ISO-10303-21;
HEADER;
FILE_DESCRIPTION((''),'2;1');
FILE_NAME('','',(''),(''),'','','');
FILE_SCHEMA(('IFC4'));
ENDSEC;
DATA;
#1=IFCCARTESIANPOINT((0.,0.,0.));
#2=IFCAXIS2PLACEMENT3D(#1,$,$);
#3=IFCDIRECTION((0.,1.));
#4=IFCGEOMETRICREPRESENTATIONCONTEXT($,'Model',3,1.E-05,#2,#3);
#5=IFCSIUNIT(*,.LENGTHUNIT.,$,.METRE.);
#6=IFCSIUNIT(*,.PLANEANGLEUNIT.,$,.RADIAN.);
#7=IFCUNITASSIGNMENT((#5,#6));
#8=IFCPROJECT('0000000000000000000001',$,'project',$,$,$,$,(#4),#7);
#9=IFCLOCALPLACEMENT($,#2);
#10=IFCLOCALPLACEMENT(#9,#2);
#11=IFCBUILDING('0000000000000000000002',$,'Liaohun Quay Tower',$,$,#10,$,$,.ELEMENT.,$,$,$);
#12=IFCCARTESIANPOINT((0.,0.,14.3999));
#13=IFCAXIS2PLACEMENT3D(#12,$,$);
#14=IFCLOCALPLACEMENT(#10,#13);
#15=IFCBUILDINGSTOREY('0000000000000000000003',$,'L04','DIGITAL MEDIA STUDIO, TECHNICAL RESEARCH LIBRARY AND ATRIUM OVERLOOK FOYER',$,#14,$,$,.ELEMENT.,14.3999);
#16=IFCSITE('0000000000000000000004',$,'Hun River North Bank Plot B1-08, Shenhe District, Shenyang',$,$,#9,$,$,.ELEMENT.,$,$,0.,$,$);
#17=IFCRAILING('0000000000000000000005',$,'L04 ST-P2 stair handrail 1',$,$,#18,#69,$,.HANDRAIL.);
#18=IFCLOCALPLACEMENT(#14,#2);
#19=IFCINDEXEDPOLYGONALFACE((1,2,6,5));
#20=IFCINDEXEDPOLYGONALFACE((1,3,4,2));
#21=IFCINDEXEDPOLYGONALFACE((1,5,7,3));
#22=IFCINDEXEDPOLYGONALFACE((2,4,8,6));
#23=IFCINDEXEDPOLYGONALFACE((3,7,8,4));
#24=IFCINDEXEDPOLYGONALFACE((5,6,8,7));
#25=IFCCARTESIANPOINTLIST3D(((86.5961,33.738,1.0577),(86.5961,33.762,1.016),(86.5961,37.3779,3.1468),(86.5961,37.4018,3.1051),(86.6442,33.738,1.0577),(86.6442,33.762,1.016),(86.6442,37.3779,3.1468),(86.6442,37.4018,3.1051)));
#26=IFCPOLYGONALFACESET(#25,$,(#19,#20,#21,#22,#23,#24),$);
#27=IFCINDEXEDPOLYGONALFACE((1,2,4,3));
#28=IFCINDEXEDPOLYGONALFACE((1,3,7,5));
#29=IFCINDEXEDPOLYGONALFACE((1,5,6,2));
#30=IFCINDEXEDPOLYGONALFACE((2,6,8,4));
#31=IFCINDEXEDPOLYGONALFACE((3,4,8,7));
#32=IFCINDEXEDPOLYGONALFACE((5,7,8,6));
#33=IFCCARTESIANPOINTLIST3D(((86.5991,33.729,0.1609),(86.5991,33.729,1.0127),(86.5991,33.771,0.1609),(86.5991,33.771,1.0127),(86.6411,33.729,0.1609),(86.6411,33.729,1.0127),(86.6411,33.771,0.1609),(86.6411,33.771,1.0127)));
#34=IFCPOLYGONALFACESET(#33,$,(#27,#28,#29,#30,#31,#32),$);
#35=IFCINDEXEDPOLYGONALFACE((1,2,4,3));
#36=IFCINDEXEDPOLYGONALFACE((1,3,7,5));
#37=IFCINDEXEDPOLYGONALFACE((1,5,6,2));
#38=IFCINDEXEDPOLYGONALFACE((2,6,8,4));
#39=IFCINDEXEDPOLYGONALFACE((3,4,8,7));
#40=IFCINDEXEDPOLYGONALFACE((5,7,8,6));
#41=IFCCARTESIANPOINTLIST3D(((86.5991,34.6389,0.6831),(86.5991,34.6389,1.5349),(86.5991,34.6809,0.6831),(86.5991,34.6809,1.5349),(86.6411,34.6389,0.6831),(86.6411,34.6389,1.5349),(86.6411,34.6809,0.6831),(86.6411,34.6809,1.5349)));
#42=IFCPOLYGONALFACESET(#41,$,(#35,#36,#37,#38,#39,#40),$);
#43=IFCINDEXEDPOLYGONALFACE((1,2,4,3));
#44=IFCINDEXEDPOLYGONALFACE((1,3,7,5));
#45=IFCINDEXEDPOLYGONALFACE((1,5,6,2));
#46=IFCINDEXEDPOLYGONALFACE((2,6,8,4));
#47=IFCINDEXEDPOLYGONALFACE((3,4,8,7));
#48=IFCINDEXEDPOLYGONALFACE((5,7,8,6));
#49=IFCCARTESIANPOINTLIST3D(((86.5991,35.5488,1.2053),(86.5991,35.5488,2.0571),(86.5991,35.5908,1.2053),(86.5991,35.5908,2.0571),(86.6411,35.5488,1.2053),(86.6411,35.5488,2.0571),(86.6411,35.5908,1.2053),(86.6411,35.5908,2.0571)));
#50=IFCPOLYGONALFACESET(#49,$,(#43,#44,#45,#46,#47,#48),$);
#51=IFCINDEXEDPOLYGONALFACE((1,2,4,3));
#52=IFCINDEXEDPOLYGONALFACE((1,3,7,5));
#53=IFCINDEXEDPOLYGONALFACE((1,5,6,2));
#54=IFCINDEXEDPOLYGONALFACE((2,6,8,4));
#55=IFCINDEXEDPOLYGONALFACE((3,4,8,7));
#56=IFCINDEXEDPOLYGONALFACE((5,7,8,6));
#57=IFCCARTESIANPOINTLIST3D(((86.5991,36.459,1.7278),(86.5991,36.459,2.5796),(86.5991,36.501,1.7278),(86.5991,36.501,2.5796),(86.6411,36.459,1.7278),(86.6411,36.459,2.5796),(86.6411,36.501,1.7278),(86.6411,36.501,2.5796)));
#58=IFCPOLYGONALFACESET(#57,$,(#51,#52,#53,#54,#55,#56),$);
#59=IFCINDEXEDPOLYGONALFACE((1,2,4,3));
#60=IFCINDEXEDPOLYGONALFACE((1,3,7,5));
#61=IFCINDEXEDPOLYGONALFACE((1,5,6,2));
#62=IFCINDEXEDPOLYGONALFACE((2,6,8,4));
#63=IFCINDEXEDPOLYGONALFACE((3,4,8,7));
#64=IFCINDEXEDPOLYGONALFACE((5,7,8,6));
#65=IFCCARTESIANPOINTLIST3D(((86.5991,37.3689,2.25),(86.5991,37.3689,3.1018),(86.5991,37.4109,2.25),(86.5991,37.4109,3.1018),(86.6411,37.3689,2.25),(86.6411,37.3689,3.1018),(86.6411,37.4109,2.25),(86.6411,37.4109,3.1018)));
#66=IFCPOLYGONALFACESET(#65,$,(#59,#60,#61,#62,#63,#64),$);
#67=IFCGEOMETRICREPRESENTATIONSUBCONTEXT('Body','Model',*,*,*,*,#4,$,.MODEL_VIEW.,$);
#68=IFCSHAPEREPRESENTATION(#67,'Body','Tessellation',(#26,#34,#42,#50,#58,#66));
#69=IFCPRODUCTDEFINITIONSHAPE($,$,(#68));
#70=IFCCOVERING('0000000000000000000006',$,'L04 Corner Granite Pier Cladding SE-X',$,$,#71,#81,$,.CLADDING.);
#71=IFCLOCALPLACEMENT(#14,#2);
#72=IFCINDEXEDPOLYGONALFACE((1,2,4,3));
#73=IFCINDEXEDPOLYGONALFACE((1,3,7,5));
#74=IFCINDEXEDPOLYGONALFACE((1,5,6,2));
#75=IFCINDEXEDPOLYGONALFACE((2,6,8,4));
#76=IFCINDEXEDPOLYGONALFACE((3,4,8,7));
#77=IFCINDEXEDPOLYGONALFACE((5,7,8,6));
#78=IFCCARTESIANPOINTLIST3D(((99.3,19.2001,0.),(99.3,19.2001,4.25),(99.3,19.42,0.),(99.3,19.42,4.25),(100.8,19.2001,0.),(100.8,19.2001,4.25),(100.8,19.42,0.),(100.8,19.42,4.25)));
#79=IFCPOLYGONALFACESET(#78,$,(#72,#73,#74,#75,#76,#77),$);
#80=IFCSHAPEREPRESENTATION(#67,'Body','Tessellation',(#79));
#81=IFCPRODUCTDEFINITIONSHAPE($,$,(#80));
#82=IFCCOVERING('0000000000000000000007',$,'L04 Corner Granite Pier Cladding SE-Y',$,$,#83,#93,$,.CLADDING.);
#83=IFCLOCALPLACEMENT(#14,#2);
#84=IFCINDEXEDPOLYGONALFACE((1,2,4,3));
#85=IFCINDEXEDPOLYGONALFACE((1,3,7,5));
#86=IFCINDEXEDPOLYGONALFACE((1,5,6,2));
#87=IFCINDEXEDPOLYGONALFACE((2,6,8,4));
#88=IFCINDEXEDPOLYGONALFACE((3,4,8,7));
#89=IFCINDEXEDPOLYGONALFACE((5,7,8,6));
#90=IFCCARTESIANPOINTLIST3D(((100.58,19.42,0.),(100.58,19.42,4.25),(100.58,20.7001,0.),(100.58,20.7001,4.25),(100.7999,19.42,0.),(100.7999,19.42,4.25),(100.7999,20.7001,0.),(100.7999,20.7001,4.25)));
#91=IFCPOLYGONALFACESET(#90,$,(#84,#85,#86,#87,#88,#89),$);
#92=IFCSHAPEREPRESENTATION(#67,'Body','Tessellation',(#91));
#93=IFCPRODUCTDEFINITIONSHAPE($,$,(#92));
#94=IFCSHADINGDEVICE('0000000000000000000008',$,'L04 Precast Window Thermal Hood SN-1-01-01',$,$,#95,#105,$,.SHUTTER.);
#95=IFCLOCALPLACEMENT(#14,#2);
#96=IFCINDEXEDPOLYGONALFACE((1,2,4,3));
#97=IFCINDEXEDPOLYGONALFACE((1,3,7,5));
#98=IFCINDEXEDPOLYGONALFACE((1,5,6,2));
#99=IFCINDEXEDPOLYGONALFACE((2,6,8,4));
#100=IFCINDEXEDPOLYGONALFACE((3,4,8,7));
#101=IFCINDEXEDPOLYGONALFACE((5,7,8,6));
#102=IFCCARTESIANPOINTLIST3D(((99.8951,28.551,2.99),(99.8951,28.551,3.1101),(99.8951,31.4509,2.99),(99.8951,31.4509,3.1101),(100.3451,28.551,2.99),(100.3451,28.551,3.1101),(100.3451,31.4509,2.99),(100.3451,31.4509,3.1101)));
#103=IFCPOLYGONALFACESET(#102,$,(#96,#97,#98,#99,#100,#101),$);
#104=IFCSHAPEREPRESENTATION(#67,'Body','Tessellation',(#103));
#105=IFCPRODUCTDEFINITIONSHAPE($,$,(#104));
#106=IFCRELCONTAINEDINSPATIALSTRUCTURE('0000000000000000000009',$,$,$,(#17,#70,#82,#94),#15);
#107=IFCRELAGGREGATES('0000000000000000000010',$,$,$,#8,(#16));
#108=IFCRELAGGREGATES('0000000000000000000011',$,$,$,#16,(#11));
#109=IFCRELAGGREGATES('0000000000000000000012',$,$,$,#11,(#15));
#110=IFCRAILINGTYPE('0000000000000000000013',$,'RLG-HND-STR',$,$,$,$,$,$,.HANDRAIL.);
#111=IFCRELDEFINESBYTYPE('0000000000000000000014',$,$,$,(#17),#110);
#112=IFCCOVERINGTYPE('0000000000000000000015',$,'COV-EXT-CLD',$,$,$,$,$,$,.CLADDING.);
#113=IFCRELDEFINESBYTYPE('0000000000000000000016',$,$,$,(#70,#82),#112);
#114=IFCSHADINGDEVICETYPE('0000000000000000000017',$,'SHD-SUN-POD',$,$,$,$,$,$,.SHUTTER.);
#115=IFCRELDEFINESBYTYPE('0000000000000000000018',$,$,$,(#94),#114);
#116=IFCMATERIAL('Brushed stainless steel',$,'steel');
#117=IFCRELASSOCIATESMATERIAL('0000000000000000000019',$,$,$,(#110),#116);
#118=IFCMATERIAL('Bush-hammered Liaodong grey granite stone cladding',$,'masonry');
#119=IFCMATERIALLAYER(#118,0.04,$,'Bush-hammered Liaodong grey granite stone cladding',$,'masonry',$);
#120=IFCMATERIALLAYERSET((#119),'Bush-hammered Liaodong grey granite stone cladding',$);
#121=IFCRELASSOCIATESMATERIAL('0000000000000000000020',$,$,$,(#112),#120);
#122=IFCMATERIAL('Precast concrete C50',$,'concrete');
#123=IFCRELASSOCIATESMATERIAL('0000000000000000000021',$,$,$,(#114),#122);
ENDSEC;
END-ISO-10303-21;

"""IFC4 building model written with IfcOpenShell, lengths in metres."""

from ifc_helpers import new_model, si_unit, direction, frame, origin, origin_2d, place, context, subcontext, project, spatial, rectangle, extrude, source, transform, mapped, material, layer, layer_set, material_profile, profile_set, type_object, element, save


model = new_model("IFC4")

# Units and contexts
model_context = context("Model", 3, precision=1e-05, world=origin(), true_north=direction((0.0, 1.0)))
body_context = subcontext(model_context, "Body", "Model", "MODEL_VIEW")
ifc_project = project(units=[si_unit("LENGTHUNIT", "METRE"), si_unit("PLANEANGLEUNIT", "RADIAN")], contexts=[model_context])

# Site, building, storey
site_placement = place(None, origin())
site = spatial("IfcSite", under=ifc_project, at=site_placement, Name="Hun River North Bank Plot B1-08, Shenhe District, Shenyang", CompositionType="ELEMENT", RefElevation=0.0)
building_placement = place(site_placement, origin())
building = spatial("IfcBuilding", under=site, at=building_placement, Name="Liaohun Quay Tower", CompositionType="ELEMENT")
storey_placement = place(building_placement, frame((0.0, 0.0, 14.3999)))
storey = spatial("IfcBuildingStorey", under=building, at=storey_placement, Name="L04", Description="DIGITAL MEDIA STUDIO, TECHNICAL RESEARCH LIBRARY AND ATRIUM OVERLOOK FOYER", CompositionType="ELEMENT", Elevation=14.3999)

# Railing
ifc_material_1 = material(Name="Brushed stainless steel", Category="steel")
railing_type_1 = type_object("IfcRailingType", Name="RLG-HND-STR", PredefinedType="HANDRAIL", material=ifc_material_1)
railing_1_placement = place(storey_placement, frame((86.6201, 33.75, 0.1609)))
element("IfcRailing", 1, at=railing_1_placement, inside=storey, type_object=railing_type_1, Name="L04 ST-P2 stair handrail 1", PredefinedType="HANDRAIL", context=body_context, shape_type="SweptSolid", body=[
    extrude(rectangle(XDim=0.0481, YDim=0.0481, at=origin_2d()), frame((0.0, 0.0, 0.876), z_axis=(0.0, 0.8673, 0.497786), x_axis=(-1.0, 0.0, 0.0)), (0.0, 0.0, 1.0), 4.1968),
    extrude(rectangle(XDim=0.042, YDim=0.042, at=origin_2d()), origin(), (0.0, 0.0, 1.0), 0.8518),
    extrude(rectangle(XDim=0.042, YDim=0.042, at=origin_2d()), frame((0.0, 0.9099, 0.5222)), (0.0, 0.0, 1.0), 0.8518),
    extrude(rectangle(XDim=0.042, YDim=0.042, at=origin_2d()), frame((0.0, 1.8198, 1.0444)), (0.0, 0.0, 1.0), 0.8518),
    extrude(rectangle(XDim=0.042, YDim=0.042, at=origin_2d()), frame((0.0, 2.73, 1.5669)), (0.0, 0.0, 1.0), 0.8518),
    extrude(rectangle(XDim=0.042, YDim=0.042, at=origin_2d()), frame((0.0, 3.6399, 2.0891)), (0.0, 0.0, 1.0), 0.8518),
])

# Coverings
ifc_material_2 = material(Name="Bush-hammered Liaodong grey granite stone cladding", Category="masonry")
ifc_layer_1 = layer(ifc_material_2, 0.04, Name="Bush-hammered Liaodong grey granite stone cladding", Category="masonry")
ifc_layer_set_1 = layer_set([ifc_layer_1], Name="Bush-hammered Liaodong grey granite stone cladding")
covering_type = type_object("IfcCoveringType", Name="COV-EXT-CLD", PredefinedType="CLADDING", material=ifc_layer_set_1)
shared_shape_1 = source(origin(), body_context, "Body", "SweptSolid", [
    extrude(rectangle(XDim=1.5, YDim=0.22, at=origin_2d()), origin(), (0.0, 0.0, 1.0), 4.25),
])
covering_1_placement = place(storey_placement, frame((100.05, 19.3101, 0.0), z_axis=(0.0, 0.0, 1.0), x_axis=(1.0, 0.0, 0.0)))
element("IfcCovering", 2, at=covering_1_placement, inside=storey, type_object=covering_type, Name="L04 Corner Granite Pier Cladding SE-X", PredefinedType="CLADDING", context=body_context, shape_type="MappedRepresentation", body=[
    mapped(shared_shape_1, transform((0.0, 0.0, 0.0), x_axis=(1.0, 0.0, 0.0), y_axis=(0.0, 1.0, 0.0), z_axis=(0.0, 0.0, 1.0), scale=1.0)),
])
shared_shape_2 = source(origin(), body_context, "Body", "SweptSolid", [
    extrude(rectangle(XDim=0.22, YDim=1.28, at=origin_2d()), origin(), (0.0, 0.0, 1.0), 4.25),
])
covering_2_placement = place(storey_placement, frame((100.6899, 20.0601, 0.0), z_axis=(0.0, 0.0, 1.0), x_axis=(1.0, 0.0, 0.0)))
element("IfcCovering", 3, at=covering_2_placement, inside=storey, type_object=covering_type, Name="L04 Corner Granite Pier Cladding SE-Y", PredefinedType="CLADDING", context=body_context, shape_type="MappedRepresentation", body=[
    mapped(shared_shape_2, transform((0.0, 0.0, 0.0), x_axis=(1.0, 0.0, 0.0), y_axis=(0.0, 1.0, 0.0), z_axis=(0.0, 0.0, 1.0), scale=1.0)),
])

# Shading device
ifc_material_3 = material(Name="Precast concrete C50", Category="concrete")
ifc_material_profile_1 = material_profile(ifc_material_3, rectangle(XDim=0.45, YDim=0.1201, at=origin_2d()), Name="PRC-SUN-450x120")
ifc_profile_set_1 = profile_set([ifc_material_profile_1], Name="Precast concrete C50")
shading_device_type = type_object("IfcShadingDeviceType", Name="SHD-SUN-POD", PredefinedType="SHUTTER", material=ifc_profile_set_1)
shared_shape_3 = source(origin(), body_context, "Body", "SweptSolid", [
    extrude(rectangle(XDim=0.45, YDim=0.1201, at=origin_2d()), origin(), (0.0, 0.0, 1.0), 2.8999),
])
shading_device_placement = place(storey_placement, frame((100.1201, 28.551, 3.05), z_axis=(0.0, 1.0, 0.0), x_axis=(-1.0, 0.0, 0.0)))
element("IfcShadingDevice", 4, at=shading_device_placement, inside=storey, type_object=shading_device_type, Name="L04 Precast Window Thermal Hood SN-1-01-01", PredefinedType="SHUTTER", context=body_context, shape_type="MappedRepresentation", body=[
    mapped(shared_shape_3, transform((0.0, 0.0, 0.0), x_axis=(1.0, 0.0, 0.0), y_axis=(0.0, 1.0, 0.0), z_axis=(0.0, 0.0, 1.0), scale=1.0)),
])

save(model, "model.ifc")
